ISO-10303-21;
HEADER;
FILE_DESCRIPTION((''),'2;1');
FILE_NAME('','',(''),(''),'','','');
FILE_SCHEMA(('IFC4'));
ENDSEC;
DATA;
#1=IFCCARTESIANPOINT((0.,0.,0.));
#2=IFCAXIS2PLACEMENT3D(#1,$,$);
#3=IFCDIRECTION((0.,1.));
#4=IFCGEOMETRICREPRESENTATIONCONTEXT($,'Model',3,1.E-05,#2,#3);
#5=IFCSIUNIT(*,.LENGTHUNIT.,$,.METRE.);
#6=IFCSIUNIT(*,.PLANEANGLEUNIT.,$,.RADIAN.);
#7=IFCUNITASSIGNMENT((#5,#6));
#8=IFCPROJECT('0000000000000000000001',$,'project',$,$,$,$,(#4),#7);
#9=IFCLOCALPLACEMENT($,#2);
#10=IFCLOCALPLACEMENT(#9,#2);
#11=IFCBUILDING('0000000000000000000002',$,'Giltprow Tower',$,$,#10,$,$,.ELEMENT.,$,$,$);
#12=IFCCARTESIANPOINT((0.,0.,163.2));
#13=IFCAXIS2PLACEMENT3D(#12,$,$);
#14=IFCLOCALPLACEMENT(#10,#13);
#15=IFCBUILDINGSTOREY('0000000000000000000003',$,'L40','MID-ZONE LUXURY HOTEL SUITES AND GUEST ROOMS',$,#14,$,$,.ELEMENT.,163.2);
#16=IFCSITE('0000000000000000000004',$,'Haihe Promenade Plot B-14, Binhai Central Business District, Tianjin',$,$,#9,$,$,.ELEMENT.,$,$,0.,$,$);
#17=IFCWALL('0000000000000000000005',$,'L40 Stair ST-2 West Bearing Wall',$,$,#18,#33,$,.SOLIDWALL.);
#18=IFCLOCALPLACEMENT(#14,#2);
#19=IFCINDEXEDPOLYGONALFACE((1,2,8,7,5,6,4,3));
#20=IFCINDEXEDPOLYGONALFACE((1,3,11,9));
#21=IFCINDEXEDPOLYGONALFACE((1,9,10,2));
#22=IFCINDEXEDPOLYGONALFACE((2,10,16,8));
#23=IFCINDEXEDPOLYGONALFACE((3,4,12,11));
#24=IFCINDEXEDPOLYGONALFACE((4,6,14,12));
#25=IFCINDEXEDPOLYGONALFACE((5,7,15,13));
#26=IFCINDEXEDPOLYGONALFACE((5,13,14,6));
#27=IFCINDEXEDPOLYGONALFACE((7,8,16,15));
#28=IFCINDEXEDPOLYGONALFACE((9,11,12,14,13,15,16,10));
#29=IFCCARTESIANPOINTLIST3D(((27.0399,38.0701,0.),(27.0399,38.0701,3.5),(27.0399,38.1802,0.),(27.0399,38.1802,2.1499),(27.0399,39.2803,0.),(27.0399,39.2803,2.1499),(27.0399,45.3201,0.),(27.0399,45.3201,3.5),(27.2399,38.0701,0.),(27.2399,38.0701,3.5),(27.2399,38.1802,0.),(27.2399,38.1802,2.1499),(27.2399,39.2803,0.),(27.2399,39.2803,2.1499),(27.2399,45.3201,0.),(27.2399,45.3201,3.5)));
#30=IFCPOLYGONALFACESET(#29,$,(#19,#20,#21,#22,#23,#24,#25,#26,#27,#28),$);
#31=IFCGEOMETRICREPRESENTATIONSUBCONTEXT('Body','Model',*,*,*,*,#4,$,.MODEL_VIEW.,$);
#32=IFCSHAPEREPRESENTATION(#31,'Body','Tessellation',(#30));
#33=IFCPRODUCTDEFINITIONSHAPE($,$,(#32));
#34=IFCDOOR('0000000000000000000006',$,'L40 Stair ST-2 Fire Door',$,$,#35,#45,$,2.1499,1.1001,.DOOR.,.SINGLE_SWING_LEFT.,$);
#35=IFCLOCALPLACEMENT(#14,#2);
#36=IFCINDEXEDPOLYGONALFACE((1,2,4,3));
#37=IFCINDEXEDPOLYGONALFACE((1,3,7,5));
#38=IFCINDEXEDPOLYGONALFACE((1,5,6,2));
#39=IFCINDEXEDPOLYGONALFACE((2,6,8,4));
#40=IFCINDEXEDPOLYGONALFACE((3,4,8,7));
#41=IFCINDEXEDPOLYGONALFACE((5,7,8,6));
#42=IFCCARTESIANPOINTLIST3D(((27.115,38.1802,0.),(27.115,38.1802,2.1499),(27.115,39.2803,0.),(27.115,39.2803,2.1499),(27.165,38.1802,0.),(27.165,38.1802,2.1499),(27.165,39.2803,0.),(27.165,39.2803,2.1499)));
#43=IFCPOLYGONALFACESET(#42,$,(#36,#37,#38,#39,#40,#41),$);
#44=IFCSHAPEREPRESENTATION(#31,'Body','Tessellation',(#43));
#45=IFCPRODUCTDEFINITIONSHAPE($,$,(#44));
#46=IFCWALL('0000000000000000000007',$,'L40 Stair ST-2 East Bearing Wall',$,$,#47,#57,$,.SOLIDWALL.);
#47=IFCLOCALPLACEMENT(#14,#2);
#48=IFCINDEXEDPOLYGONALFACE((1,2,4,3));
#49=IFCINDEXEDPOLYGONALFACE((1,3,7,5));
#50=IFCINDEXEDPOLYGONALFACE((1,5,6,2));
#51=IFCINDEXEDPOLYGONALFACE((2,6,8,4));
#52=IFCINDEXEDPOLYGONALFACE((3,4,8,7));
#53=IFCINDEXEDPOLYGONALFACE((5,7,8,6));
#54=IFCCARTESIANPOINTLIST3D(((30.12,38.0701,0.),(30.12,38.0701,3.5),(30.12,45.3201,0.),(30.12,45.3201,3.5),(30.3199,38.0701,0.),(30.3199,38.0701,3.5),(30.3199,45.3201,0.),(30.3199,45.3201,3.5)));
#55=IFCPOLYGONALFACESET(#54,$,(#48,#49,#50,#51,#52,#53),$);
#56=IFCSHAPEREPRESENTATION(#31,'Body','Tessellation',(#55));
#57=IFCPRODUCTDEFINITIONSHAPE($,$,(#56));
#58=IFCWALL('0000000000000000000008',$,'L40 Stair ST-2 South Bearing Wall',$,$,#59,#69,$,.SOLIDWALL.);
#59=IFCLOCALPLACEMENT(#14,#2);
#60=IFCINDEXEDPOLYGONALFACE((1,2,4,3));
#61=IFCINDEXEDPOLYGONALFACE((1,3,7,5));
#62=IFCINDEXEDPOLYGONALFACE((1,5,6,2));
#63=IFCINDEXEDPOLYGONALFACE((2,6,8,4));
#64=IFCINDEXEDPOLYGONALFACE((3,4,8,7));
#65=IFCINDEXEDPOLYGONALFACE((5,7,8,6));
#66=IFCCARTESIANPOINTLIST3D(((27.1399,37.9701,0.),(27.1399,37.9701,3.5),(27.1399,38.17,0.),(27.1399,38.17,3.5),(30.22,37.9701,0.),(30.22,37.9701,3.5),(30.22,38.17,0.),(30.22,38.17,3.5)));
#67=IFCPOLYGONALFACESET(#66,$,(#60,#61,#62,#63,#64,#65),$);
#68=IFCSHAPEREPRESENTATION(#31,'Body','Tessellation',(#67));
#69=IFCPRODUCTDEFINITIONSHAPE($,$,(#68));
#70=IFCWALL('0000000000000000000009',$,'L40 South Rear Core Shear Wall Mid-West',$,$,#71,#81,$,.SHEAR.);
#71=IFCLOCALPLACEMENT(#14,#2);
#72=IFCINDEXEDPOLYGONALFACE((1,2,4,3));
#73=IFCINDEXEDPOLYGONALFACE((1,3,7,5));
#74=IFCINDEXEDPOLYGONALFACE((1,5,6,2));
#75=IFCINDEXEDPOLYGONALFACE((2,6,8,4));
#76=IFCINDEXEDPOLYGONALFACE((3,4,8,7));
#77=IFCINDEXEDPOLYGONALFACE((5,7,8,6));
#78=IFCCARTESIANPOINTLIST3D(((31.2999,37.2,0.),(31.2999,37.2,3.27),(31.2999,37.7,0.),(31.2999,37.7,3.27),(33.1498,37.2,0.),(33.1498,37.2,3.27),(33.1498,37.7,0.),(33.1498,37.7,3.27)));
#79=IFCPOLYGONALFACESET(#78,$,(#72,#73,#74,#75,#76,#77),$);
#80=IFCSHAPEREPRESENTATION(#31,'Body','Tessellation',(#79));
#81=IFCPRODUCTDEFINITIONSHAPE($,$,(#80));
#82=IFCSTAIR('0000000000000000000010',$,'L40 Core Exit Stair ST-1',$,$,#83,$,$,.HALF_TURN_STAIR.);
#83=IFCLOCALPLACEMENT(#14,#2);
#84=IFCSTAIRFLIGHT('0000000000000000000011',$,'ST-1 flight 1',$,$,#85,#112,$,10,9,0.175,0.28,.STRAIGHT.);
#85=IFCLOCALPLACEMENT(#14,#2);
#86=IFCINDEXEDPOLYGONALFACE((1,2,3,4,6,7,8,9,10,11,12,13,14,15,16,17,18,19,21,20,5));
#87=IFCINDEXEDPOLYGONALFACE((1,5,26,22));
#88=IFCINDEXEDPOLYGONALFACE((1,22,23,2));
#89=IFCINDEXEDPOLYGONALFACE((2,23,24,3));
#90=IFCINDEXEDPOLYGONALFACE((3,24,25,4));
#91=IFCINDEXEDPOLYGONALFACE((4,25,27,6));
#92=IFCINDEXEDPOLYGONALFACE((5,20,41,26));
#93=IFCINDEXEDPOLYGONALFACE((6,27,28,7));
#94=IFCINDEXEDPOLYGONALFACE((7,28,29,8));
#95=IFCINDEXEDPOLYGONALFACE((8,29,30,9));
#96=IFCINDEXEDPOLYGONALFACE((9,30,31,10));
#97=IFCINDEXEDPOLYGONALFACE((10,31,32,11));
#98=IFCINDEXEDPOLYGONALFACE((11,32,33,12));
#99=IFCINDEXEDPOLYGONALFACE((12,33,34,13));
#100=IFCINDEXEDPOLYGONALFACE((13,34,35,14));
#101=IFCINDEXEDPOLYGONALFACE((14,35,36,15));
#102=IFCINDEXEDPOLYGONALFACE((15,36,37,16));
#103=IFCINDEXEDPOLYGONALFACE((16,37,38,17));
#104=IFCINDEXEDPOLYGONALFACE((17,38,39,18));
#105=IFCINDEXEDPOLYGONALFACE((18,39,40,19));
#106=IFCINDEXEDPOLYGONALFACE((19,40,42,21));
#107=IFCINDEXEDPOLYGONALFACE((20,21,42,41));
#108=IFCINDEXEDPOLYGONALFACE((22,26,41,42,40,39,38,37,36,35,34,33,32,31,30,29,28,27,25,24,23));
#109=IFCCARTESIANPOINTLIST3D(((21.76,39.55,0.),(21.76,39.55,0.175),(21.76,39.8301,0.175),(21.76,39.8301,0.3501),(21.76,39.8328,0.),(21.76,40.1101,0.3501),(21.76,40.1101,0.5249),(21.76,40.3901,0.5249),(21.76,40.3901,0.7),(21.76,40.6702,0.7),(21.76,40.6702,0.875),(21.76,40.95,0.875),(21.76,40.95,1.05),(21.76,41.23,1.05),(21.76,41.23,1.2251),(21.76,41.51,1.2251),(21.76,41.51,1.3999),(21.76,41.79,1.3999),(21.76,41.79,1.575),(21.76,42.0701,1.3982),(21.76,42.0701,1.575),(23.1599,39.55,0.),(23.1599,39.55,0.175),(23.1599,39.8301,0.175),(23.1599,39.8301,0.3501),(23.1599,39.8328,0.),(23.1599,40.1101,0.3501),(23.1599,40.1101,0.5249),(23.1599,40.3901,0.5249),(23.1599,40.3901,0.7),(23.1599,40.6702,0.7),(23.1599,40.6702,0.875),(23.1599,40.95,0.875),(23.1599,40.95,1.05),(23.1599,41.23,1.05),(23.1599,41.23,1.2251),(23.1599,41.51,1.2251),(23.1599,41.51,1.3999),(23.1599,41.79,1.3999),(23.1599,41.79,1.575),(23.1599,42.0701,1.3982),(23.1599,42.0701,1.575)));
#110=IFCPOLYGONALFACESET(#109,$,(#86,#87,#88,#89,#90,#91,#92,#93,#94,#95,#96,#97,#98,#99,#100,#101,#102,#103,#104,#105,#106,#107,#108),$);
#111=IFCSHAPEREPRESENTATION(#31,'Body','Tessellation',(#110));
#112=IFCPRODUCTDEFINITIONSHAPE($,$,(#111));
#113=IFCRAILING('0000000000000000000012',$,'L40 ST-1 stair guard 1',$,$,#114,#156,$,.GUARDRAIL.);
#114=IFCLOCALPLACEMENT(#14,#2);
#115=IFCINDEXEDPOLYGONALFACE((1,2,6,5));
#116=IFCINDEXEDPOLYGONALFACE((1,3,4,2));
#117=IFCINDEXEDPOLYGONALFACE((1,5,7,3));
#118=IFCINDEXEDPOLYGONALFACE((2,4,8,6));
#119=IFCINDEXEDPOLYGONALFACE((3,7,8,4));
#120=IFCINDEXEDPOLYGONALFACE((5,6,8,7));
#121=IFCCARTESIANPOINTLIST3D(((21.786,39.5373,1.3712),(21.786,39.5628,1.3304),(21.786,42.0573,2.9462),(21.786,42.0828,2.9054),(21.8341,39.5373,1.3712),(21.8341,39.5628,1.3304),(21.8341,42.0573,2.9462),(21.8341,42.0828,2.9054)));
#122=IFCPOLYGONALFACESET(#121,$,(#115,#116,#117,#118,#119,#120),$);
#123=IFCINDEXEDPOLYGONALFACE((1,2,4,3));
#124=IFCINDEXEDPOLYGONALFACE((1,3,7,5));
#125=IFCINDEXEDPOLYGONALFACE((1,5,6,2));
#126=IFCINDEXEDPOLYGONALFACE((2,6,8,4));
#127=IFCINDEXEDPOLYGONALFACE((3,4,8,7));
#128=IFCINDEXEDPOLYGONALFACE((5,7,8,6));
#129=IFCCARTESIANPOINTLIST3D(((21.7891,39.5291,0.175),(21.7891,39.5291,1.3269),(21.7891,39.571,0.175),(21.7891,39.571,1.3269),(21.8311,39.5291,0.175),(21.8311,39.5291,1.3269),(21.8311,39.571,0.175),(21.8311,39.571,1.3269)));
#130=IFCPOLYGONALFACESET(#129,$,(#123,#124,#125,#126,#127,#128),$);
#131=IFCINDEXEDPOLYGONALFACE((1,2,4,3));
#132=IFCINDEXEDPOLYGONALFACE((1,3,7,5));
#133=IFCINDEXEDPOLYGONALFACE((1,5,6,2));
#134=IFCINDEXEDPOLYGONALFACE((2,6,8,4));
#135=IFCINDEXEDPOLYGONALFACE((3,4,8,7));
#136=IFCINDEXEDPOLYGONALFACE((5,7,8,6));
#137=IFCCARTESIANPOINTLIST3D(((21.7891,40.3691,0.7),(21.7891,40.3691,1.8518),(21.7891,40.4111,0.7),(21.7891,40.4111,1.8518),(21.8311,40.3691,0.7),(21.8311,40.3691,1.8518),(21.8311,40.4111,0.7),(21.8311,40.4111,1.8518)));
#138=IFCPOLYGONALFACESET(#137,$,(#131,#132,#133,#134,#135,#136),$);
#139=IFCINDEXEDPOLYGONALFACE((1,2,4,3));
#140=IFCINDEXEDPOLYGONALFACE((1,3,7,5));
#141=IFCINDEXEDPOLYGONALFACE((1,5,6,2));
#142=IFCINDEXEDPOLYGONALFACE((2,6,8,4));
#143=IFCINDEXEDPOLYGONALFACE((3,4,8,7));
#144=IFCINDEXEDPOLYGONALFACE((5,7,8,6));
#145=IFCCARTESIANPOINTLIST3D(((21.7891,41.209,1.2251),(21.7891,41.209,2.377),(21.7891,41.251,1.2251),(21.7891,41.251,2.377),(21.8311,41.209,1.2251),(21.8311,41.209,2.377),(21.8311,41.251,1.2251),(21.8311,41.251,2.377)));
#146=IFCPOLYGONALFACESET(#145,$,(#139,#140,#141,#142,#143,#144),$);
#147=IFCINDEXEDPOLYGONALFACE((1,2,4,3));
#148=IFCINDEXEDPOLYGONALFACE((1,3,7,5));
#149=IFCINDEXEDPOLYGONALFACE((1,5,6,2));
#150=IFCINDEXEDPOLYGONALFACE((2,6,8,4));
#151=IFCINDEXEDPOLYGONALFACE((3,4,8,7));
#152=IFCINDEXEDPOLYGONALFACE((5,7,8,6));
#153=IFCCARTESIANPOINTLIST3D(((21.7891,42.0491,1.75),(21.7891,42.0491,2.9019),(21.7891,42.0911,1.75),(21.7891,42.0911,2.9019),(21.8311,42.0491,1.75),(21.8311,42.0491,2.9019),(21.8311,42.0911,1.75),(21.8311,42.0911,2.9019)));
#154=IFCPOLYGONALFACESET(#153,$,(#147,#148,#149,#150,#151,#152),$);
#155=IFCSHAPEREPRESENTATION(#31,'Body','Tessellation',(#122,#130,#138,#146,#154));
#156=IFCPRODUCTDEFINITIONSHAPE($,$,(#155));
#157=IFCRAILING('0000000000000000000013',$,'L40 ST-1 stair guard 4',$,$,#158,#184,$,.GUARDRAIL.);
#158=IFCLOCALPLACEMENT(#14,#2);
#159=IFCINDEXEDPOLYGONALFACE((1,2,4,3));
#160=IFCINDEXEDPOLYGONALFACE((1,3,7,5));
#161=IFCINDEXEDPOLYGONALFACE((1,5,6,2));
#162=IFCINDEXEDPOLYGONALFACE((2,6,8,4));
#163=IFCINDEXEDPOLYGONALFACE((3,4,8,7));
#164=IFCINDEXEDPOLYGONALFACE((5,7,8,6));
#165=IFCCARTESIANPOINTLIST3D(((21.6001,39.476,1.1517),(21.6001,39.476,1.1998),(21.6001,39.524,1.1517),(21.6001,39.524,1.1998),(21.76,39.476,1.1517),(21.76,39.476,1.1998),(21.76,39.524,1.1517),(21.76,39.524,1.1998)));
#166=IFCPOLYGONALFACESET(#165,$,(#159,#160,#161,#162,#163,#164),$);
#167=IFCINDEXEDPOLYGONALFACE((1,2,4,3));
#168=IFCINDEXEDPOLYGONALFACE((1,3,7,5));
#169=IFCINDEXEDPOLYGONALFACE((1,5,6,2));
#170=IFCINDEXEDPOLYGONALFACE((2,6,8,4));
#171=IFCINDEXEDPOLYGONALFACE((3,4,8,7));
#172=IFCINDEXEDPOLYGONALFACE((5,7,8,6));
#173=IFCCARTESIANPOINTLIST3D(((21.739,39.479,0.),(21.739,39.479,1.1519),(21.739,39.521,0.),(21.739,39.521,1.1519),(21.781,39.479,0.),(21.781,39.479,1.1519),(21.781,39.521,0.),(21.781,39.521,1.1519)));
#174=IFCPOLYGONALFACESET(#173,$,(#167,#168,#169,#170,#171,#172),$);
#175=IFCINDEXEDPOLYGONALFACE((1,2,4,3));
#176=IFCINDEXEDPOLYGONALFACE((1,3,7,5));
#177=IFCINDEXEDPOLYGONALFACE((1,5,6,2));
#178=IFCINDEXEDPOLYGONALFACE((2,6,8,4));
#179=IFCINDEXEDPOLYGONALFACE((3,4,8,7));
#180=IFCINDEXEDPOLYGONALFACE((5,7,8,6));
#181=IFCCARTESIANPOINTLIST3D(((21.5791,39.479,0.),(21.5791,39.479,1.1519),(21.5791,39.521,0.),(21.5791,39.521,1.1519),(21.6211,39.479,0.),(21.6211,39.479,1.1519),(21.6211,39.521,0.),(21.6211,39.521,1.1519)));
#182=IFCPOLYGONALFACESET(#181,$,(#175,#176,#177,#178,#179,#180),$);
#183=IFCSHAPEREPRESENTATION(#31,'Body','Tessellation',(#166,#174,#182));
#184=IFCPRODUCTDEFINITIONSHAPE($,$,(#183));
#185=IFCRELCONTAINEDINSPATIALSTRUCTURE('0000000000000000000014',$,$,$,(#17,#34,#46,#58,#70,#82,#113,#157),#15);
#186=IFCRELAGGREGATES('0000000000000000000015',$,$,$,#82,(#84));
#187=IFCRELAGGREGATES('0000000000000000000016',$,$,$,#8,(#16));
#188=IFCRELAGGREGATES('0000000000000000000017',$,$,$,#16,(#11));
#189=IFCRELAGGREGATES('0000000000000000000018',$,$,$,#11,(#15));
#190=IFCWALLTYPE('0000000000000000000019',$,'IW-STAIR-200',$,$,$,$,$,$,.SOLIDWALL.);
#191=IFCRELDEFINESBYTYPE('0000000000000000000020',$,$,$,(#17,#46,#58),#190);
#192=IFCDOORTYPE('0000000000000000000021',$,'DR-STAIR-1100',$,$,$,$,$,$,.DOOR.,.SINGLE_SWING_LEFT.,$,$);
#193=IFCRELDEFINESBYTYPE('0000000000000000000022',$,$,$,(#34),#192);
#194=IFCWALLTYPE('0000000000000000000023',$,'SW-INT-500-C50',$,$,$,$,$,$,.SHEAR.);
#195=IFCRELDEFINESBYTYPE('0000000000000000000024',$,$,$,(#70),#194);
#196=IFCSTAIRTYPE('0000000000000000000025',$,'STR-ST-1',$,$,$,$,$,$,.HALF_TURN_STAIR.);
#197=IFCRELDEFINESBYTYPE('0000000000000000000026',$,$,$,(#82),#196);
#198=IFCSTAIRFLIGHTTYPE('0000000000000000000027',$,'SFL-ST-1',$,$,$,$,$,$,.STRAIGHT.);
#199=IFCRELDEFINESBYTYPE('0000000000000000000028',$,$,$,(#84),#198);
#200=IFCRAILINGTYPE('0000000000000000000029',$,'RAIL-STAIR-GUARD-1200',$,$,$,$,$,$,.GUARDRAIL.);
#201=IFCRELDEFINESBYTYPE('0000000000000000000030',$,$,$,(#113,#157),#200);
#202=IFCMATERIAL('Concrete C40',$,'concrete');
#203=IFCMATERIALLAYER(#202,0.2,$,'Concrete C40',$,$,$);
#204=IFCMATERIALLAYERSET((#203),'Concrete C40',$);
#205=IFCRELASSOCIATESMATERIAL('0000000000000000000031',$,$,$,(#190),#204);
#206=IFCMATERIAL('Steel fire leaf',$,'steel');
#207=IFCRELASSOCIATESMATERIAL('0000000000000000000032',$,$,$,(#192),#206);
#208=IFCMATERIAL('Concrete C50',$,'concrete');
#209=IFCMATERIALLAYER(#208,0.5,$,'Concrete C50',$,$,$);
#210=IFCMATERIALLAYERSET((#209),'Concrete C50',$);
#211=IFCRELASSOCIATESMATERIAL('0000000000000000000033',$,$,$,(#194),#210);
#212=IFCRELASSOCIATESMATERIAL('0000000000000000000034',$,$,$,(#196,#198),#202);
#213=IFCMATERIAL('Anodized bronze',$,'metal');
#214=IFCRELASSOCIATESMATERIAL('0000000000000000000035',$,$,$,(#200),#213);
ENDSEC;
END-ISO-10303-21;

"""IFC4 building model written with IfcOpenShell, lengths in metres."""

from ifc_helpers import new_model, si_unit, direction, frame, frame_2d, origin, origin_2d, place, context, subcontext, project, spatial, polyline, rectangle, outline, extrude, source, transform, mapped, material, layer, layer_set, type_object, element, fill, aggregate, save


model = new_model("IFC4")

# Units and contexts
model_context = context("Model", 3, precision=1e-05, world=origin(), true_north=direction((0.0, 1.0)))
body_context = subcontext(model_context, "Body", "Model", "MODEL_VIEW")
ifc_project = project(units=[si_unit("LENGTHUNIT", "METRE"), si_unit("PLANEANGLEUNIT", "RADIAN")], contexts=[model_context])

# Site, building, storey
site_placement = place(None, origin())
site = spatial("IfcSite", under=ifc_project, at=site_placement, Name="Haihe Promenade Plot B-14, Binhai Central Business District, Tianjin", CompositionType="ELEMENT", RefElevation=0.0)
building_placement = place(site_placement, origin())
building = spatial("IfcBuilding", under=site, at=building_placement, Name="Giltprow Tower", CompositionType="ELEMENT")
storey_placement = place(building_placement, frame((0.0, 0.0, 163.2)))
storey = spatial("IfcBuildingStorey", under=building, at=storey_placement, Name="L40", Description="MID-ZONE LUXURY HOTEL SUITES AND GUEST ROOMS", CompositionType="ELEMENT", Elevation=163.2)

# Shared definitions
ifc_material_1 = material(Name="Concrete C50", Category="concrete")

# Wall, opening, door
ifc_material_2 = material(Name="Concrete C40", Category="concrete")
ifc_layer_1 = layer(ifc_material_2, 0.2, Name="Concrete C40")
ifc_layer_set_1 = layer_set([ifc_layer_1], Name="Concrete C40")
wall_type_1 = type_object("IfcWallType", Name="IW-STAIR-200", PredefinedType="SOLIDWALL", material=ifc_layer_set_1)
ifc_material_3 = material(Name="Steel fire leaf", Category="steel")
door_type = type_object("IfcDoorType", Name="DR-STAIR-1100", OperationType="SINGLE_SWING_LEFT", PredefinedType="DOOR", material=ifc_material_3)
shared_shape_1 = source(origin(), body_context, "Body", "SweptSolid", [
    extrude(rectangle(XDim=1.1001, YDim=2.1499, at=frame_2d((0.55, 1.075))), frame((0.0, 0.0249, 0.0), z_axis=(0.0, -1.0, 0.0), x_axis=(1.0, 0.0, 0.0)), (0.0, 0.0, 1.0), 0.05),
])
wall_1_placement = place(storey_placement, frame((27.1399, 38.0701, 0.0), z_axis=(0.0, 0.0, 1.0), x_axis=(0.0, 1.0, 0.0)))
wall_1 = element("IfcWall", 1, at=wall_1_placement, inside=storey, type_object=wall_type_1, Name="L40 Stair ST-2 West Bearing Wall", PredefinedType="SOLIDWALL", context=body_context, shape_type="SweptSolid", body=[
    extrude(rectangle(XDim=7.25, YDim=0.2, at=frame_2d((3.625, 0.0))), origin(), (0.0, 0.0, 1.0), 3.5),
])
opening_1_placement = place(wall_1_placement, frame((0.1101, 0.0, 0.0)))
opening_1 = element("IfcOpeningElement", 2, at=opening_1_placement, cuts=wall_1, PredefinedType="OPENING", context=body_context, shape_type="SweptSolid", body=[
    extrude(rectangle(XDim=1.1001, YDim=2.1499, at=frame_2d((0.55, 1.075))), frame((0.0, 0.1099, 0.0), z_axis=(0.0, -1.0, 0.0), x_axis=(1.0, 0.0, 0.0)), (0.0, 0.0, 1.0), 0.22),
])
door_1_placement = place(opening_1_placement, origin())
door_1 = element("IfcDoor", 3, at=door_1_placement, inside=storey, type_object=door_type, Name="L40 Stair ST-2 Fire Door", OperationType="SINGLE_SWING_LEFT", OverallHeight=2.1499, OverallWidth=1.1001, PredefinedType="DOOR", context=body_context, shape_type="MappedRepresentation", body=[
    mapped(shared_shape_1, transform((0.0, 0.0, 0.0), x_axis=(1.0, 0.0, 0.0), y_axis=(0.0, 1.0, 0.0), z_axis=(0.0, 0.0, 1.0), scale=1.0)),
])
fill(opening_1, door_1)

# Walls
wall_2_placement = place(storey_placement, frame((30.22, 38.0701, 0.0), z_axis=(0.0, 0.0, 1.0), x_axis=(0.0, 1.0, 0.0)))
element("IfcWall", 4, at=wall_2_placement, inside=storey, type_object=wall_type_1, Name="L40 Stair ST-2 East Bearing Wall", PredefinedType="SOLIDWALL", context=body_context, shape_type="SweptSolid", body=[
    extrude(rectangle(XDim=7.25, YDim=0.2, at=frame_2d((3.625, 0.0))), origin(), (0.0, 0.0, 1.0), 3.5),
])
wall_3_placement = place(storey_placement, frame((27.1399, 38.0701, 0.0), z_axis=(0.0, 0.0, 1.0), x_axis=(1.0, 0.0, 0.0)))
element("IfcWall", 5, at=wall_3_placement, inside=storey, type_object=wall_type_1, Name="L40 Stair ST-2 South Bearing Wall", PredefinedType="SOLIDWALL", context=body_context, shape_type="SweptSolid", body=[
    extrude(rectangle(XDim=3.0801, YDim=0.2, at=frame_2d((1.54, 0.0))), origin(), (0.0, 0.0, 1.0), 3.5),
])
ifc_layer_2 = layer(ifc_material_1, 0.5, Name="Concrete C50")
ifc_layer_set_2 = layer_set([ifc_layer_2], Name="Concrete C50")
wall_type_2 = type_object("IfcWallType", Name="SW-INT-500-C50", PredefinedType="SHEAR", material=ifc_layer_set_2)
wall_4_placement = place(storey_placement, frame((31.3, 37.45, 0.0), z_axis=(0.0, 0.0, 1.0), x_axis=(1.0, 0.0, 0.0)))
element("IfcWall", 6, at=wall_4_placement, inside=storey, type_object=wall_type_2, Name="L40 South Rear Core Shear Wall Mid-West", PredefinedType="SHEAR", context=body_context, shape_type="SweptSolid", body=[
    extrude(rectangle(XDim=1.8499, YDim=0.5, at=frame_2d((0.9248, 0.0))), origin(), (0.0, 0.0, 1.0), 3.27),
])

# Stair, stair flight
stair_type = type_object("IfcStairType", Name="STR-ST-1", PredefinedType="HALF_TURN_STAIR", material=ifc_material_2)
stair_placement = place(storey_placement, origin())
stair = element("IfcStair", 7, at=stair_placement, inside=storey, type_object=stair_type, Name="L40 Core Exit Stair ST-1", PredefinedType="HALF_TURN_STAIR")
stair_flight_type = type_object("IfcStairFlightType", Name="SFL-ST-1", PredefinedType="STRAIGHT", material=ifc_material_2)
stair_flight_placement = place(storey_placement, frame((22.46, 39.55, 0.0), z_axis=(0.0, 0.0, 1.0), x_axis=(0.0, 1.0, 0.0)))
stair_flight = element("IfcStairFlight", 8, at=stair_flight_placement, type_object=stair_flight_type, Name="ST-1 flight 1", NumberOfRisers=10, NumberOfTreads=9, PredefinedType="STRAIGHT", RiserHeight=0.175, TreadLength=0.28, context=body_context, shape_type="SweptSolid", body=[
    extrude(outline(polyline([(0.0, 0.0), (0.0, 0.175), (0.28, 0.175), (0.28, 0.3501), (0.5601, 0.3501), (0.5601, 0.5249), (0.8401, 0.5249), (0.8401, 0.7), (1.1201, 0.7), (1.1201, 0.875), (1.3999, 0.875), (1.3999, 1.05), (1.6799, 1.05), (1.6799, 1.2251), (1.96, 1.2251), (1.96, 1.3999), (2.24, 1.3999), (2.24, 1.575), (2.52, 1.575), (2.52, 1.75), (2.52, 1.3982), (0.2827, 0.0), (0.0, 0.0)])), frame((0.0, 0.7, 0.0), z_axis=(0.0, -1.0, 0.0), x_axis=(1.0, 0.0, 0.0)), (0.0, 0.0, 1.0), 1.3999),
])
aggregate(stair, [stair_flight])

# Railings
ifc_material_4 = material(Name="Anodized bronze", Category="metal")
railing_type_1 = type_object("IfcRailingType", Name="RAIL-STAIR-GUARD-1200", PredefinedType="GUARDRAIL", material=ifc_material_4)
railing_1_placement = place(storey_placement, frame((21.8101, 39.55, 0.175)))
element("IfcRailing", 9, at=railing_1_placement, inside=storey, type_object=railing_type_1, Name="L40 ST-1 stair guard 1", PredefinedType="GUARDRAIL", context=body_context, shape_type="SweptSolid", body=[
    extrude(rectangle(XDim=0.0481, YDim=0.0481, at=origin_2d()), frame((0.0, 0.0, 1.1758), z_axis=(0.0, 0.848008, 0.529984), x_axis=(-1.0, 0.0, 0.0)), (0.0, 0.0, 1.0), 2.9717),
    extrude(rectangle(XDim=0.042, YDim=0.042, at=origin_2d()), origin(), (0.0, 0.0, 1.0), 1.1519),
    extrude(rectangle(XDim=0.042, YDim=0.042, at=origin_2d()), frame((0.0, 0.8401, 0.5249)), (0.0, 0.0, 1.0), 1.1519),
    extrude(rectangle(XDim=0.042, YDim=0.042, at=origin_2d()), frame((0.0, 1.6799, 1.05)), (0.0, 0.0, 1.0), 1.1519),
    extrude(rectangle(XDim=0.042, YDim=0.042, at=origin_2d()), frame((0.0, 2.52, 1.575)), (0.0, 0.0, 1.0), 1.1519),
])
railing_2_placement = place(storey_placement, frame((21.76, 39.5, 0.0)))
element("IfcRailing", 10, at=railing_2_placement, inside=storey, type_object=railing_type_1, Name="L40 ST-1 stair guard 4", PredefinedType="GUARDRAIL", context=body_context, shape_type="SweptSolid", body=[
    extrude(rectangle(XDim=0.0481, YDim=0.0481, at=origin_2d()), frame((0.0, 0.0, 1.1758), z_axis=(-1.0, 0.0, 0.0), x_axis=(0.0, -1.0, 0.0)), (0.0, 0.0, 1.0), 0.1599),
    extrude(rectangle(XDim=0.042, YDim=0.042, at=origin_2d()), origin(), (0.0, 0.0, 1.0), 1.1519),
    extrude(rectangle(XDim=0.042, YDim=0.042, at=origin_2d()), frame((-0.1599, 0.0, 0.0)), (0.0, 0.0, 1.0), 1.1519),
])

save(model, "model.ifc")
